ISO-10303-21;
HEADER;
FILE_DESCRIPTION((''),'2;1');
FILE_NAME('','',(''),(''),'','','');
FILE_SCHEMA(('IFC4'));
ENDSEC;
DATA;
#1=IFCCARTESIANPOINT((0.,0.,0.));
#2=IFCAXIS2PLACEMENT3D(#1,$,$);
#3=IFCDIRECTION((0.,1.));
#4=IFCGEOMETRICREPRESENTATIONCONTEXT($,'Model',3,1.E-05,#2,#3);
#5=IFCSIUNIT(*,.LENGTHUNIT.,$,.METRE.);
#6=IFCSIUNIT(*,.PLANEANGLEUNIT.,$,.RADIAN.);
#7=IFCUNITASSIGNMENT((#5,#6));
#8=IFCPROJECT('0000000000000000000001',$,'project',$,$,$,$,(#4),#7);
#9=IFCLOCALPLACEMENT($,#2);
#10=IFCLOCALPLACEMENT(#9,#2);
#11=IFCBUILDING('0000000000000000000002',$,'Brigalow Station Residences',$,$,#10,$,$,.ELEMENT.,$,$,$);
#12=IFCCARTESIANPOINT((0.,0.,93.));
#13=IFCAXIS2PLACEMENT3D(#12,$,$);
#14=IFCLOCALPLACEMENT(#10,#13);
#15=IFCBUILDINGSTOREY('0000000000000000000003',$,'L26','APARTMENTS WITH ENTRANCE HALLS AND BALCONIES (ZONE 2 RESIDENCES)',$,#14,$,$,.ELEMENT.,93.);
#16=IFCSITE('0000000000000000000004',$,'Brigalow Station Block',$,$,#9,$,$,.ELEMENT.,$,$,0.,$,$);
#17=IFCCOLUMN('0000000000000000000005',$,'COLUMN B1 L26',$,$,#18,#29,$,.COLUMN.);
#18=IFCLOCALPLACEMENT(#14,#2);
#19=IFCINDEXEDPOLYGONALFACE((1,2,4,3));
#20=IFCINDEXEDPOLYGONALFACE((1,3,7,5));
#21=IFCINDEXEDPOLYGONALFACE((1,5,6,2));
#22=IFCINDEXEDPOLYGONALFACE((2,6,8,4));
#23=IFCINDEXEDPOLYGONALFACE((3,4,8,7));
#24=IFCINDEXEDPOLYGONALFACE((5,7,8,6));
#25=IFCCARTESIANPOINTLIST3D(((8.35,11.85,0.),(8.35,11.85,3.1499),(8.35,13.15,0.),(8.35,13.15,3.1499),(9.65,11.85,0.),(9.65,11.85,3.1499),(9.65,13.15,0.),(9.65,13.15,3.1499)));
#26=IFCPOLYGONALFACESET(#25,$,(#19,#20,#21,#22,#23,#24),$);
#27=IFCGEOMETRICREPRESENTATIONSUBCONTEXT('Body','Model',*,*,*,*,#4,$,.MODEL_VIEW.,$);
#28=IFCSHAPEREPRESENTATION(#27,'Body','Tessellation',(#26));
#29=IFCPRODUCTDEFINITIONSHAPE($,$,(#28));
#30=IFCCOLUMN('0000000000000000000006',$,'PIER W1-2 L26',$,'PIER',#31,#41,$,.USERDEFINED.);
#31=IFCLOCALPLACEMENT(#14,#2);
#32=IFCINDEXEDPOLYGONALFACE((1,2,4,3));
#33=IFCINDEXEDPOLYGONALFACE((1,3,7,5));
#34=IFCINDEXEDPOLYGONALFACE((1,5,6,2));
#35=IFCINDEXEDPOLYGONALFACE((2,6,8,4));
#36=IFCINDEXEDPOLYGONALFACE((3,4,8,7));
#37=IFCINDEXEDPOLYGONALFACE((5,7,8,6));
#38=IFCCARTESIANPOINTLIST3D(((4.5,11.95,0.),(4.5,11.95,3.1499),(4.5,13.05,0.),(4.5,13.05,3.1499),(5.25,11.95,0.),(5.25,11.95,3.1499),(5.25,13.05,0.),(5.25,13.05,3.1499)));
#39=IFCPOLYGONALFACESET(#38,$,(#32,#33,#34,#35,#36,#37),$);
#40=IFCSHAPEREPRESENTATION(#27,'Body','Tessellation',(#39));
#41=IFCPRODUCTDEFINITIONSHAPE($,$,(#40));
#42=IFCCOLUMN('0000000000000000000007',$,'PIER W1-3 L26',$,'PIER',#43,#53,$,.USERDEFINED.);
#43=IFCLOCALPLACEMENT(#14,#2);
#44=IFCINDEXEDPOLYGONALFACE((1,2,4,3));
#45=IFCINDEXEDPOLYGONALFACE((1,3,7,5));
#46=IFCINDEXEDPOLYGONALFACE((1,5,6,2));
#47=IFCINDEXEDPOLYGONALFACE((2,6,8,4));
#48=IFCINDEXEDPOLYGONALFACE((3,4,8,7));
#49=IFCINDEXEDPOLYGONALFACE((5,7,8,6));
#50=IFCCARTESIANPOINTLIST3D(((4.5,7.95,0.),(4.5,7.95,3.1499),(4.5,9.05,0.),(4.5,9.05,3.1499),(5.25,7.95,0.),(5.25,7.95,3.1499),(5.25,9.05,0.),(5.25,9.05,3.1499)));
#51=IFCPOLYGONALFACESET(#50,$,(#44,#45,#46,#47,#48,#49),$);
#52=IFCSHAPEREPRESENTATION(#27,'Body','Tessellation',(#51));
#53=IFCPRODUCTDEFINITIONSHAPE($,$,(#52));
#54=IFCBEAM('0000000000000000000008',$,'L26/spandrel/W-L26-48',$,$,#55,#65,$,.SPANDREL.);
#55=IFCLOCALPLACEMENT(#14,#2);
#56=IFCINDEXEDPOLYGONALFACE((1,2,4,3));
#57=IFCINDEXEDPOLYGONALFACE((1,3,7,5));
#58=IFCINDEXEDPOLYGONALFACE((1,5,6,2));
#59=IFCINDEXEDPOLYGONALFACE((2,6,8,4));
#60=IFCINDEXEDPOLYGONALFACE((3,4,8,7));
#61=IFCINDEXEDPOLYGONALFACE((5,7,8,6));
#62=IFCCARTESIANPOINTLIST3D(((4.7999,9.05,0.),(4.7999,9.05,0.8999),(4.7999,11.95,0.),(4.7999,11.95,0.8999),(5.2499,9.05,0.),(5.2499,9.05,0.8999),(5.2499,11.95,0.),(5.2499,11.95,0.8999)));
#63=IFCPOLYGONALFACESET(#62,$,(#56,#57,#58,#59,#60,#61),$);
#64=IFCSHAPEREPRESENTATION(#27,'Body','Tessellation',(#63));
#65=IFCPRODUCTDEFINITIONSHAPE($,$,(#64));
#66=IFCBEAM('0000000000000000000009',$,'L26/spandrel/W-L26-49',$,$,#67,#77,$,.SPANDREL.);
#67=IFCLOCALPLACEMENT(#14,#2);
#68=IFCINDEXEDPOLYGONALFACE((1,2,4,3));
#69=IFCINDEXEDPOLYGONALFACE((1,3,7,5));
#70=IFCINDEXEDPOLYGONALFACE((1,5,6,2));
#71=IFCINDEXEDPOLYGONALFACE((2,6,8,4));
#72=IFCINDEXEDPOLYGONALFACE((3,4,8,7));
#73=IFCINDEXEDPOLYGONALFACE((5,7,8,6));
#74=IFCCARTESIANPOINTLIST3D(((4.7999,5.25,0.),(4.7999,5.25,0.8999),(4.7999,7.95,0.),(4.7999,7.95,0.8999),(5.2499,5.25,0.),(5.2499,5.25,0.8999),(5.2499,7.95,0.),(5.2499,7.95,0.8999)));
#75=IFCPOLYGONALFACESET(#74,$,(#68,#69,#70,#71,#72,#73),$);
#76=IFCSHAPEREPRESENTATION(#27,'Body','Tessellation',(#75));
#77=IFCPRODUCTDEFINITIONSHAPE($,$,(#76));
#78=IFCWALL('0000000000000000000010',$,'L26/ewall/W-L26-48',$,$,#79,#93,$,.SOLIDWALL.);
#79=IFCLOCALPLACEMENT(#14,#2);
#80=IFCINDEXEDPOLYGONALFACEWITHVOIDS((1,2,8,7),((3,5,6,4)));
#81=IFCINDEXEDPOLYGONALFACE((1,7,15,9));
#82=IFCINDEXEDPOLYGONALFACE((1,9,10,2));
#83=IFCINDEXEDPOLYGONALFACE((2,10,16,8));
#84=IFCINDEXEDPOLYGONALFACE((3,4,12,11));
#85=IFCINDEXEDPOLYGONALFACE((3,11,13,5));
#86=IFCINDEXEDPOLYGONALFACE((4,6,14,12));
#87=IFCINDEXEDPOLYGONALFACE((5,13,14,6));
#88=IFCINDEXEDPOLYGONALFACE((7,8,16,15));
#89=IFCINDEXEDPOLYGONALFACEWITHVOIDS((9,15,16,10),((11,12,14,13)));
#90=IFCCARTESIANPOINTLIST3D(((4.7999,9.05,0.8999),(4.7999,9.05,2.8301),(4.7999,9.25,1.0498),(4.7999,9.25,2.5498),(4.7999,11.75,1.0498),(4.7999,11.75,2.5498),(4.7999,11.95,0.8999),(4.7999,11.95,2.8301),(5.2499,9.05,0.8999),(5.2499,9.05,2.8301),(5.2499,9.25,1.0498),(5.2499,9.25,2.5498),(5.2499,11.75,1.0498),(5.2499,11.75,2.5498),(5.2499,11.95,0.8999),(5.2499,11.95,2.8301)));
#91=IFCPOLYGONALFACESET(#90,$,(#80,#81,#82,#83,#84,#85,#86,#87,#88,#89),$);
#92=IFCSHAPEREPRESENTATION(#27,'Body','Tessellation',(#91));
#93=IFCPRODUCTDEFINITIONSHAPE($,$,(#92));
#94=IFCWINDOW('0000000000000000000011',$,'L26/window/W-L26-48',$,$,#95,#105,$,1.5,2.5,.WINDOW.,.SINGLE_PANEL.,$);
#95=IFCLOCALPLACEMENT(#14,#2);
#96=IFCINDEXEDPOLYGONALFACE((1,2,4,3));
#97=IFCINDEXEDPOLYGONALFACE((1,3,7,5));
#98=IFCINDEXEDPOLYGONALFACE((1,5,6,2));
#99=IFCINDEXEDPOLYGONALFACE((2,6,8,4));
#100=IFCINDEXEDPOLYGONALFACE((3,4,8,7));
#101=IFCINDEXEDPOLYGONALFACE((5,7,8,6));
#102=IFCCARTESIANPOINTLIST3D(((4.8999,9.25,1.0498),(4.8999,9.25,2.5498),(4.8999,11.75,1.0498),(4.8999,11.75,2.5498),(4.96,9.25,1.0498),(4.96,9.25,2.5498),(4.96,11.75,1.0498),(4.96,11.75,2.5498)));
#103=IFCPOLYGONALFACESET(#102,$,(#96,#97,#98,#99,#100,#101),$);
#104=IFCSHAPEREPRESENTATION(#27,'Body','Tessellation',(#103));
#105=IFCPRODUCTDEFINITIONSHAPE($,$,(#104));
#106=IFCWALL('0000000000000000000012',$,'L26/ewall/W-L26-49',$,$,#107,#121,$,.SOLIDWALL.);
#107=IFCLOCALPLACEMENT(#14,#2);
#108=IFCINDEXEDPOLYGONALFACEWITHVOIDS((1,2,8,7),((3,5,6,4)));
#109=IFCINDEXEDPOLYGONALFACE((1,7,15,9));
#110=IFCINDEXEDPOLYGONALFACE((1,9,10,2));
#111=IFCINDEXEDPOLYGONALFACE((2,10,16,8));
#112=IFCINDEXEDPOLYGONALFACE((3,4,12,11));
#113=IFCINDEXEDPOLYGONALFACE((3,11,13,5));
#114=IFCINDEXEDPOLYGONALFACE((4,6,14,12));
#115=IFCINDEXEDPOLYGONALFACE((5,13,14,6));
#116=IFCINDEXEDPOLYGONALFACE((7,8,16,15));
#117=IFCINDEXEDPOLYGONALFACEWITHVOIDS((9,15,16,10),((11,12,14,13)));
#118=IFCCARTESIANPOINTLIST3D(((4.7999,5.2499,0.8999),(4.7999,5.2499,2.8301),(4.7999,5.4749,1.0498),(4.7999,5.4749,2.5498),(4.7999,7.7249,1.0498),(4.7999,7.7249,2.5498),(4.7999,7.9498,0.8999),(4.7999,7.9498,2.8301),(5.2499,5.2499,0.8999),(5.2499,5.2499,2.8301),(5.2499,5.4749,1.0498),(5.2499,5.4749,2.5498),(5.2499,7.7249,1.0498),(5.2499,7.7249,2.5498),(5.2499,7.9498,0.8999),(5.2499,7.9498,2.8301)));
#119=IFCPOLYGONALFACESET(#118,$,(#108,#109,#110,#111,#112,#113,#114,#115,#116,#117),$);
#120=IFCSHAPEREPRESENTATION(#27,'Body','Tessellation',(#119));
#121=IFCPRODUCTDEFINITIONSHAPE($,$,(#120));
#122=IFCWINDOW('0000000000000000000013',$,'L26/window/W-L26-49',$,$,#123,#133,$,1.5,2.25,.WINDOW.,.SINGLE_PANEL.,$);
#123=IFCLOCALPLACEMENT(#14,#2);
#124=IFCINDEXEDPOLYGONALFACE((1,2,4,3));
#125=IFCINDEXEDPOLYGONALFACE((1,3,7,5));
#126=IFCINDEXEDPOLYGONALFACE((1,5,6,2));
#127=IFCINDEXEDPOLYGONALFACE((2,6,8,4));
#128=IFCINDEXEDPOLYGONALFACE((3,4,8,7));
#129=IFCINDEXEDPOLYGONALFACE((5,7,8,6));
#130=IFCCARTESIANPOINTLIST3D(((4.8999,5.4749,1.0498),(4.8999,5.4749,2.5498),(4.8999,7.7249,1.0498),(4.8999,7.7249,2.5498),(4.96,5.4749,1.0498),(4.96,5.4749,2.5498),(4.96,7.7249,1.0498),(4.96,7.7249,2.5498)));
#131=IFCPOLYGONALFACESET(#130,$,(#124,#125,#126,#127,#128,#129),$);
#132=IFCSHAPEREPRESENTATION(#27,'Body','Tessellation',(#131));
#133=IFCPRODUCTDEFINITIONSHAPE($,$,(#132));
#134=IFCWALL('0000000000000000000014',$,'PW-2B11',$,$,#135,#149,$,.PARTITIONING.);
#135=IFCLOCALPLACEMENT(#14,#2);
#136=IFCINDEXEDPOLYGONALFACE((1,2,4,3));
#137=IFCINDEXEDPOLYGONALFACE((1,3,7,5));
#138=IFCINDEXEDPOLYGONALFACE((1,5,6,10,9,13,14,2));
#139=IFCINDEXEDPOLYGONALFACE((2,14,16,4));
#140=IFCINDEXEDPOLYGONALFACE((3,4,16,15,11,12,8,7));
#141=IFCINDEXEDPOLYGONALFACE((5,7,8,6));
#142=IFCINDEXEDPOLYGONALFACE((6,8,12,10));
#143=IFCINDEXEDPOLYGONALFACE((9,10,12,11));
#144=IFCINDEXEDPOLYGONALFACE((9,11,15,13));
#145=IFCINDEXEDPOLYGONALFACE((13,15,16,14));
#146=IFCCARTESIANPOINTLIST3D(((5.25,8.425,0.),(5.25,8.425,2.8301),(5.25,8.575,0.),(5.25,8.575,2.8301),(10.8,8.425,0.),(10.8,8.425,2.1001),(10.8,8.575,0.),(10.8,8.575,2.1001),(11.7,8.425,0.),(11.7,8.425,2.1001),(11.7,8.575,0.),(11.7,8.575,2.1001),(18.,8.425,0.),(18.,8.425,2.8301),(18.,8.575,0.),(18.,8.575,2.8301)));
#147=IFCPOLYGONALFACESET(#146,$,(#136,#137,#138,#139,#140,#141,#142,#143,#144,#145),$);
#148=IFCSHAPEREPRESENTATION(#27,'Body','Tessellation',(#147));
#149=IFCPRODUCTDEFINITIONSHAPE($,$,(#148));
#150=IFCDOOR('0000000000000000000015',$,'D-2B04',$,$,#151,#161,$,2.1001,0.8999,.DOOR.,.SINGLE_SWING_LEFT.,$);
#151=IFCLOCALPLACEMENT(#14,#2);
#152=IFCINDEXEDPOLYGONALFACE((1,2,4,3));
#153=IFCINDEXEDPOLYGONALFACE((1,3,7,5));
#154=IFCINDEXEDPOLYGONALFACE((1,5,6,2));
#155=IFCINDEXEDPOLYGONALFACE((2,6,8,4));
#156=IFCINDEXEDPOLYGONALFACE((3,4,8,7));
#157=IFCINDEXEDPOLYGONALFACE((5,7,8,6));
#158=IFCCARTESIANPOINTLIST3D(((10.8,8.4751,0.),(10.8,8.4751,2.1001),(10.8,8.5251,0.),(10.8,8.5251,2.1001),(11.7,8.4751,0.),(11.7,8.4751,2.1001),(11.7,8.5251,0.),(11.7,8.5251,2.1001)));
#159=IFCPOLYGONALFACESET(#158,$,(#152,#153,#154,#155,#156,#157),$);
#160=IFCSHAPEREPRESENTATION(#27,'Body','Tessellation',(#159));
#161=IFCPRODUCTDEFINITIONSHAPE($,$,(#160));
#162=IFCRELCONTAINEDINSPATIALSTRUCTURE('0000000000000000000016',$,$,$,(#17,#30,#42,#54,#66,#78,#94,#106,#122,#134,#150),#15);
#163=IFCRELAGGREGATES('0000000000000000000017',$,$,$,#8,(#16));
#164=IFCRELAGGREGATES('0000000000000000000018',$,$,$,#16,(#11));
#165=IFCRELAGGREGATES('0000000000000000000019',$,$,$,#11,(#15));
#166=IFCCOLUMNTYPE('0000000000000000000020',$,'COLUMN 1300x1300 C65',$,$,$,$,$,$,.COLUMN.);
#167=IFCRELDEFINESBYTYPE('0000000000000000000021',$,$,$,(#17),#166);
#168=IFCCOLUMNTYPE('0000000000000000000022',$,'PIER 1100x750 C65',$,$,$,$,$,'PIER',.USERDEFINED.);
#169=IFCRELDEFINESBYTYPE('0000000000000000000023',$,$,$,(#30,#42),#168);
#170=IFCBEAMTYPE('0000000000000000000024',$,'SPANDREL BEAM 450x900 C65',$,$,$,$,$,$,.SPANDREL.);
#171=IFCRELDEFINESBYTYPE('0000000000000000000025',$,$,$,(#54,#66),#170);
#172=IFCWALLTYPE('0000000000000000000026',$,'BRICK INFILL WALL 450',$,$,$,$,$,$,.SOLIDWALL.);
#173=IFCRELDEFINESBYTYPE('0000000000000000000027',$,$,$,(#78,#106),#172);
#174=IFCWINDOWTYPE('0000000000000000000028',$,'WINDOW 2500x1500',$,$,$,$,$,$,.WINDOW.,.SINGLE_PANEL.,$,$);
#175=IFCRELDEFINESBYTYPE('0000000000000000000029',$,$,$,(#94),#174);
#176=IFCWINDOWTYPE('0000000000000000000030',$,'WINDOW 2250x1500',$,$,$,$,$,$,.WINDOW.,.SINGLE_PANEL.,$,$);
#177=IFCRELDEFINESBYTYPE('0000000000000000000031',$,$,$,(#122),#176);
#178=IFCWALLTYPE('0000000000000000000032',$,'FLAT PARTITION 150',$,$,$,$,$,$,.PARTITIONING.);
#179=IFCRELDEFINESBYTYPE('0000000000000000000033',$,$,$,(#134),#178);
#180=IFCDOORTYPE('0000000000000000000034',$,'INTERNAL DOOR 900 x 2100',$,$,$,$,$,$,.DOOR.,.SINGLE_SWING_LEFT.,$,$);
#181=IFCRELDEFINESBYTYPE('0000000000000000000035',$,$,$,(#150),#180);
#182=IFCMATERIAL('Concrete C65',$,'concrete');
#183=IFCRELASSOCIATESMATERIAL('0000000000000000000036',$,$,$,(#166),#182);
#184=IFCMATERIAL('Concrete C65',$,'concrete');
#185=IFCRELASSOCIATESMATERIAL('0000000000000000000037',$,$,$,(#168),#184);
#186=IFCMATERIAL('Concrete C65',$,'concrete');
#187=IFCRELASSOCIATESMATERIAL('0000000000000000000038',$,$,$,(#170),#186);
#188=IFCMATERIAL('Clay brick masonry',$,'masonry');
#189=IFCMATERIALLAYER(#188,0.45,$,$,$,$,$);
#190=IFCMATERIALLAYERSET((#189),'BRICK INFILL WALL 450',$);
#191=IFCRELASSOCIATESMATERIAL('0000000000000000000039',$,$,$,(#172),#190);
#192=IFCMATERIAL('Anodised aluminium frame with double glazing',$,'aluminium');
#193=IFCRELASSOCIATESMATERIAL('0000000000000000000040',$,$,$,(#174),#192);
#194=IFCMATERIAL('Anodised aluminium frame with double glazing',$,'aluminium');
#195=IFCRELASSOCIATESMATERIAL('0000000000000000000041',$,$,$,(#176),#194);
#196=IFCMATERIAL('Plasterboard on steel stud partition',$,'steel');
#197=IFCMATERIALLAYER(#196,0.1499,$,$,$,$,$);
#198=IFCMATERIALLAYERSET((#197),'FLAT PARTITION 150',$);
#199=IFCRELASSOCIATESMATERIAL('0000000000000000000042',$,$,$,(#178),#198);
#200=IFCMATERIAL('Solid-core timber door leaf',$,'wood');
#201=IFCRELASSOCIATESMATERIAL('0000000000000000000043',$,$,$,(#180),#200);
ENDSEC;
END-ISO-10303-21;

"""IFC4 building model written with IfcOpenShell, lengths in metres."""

from ifc_helpers import new_model, si_unit, direction, frame, frame_2d, origin, origin_2d, place, context, subcontext, project, spatial, rectangle, extrude, material, layer, layer_set, material_profile, profile_set, type_object, element, fill, save


model = new_model("IFC4")

# Units and contexts
model_context = context("Model", 3, precision=1e-05, world=origin(), true_north=direction((0.0, 1.0)))
body_context = subcontext(model_context, "Body", "Model", "MODEL_VIEW")
ifc_project = project(units=[si_unit("LENGTHUNIT", "METRE"), si_unit("PLANEANGLEUNIT", "RADIAN")], contexts=[model_context])

# Site, building, storey
site_placement = place(None, origin())
site = spatial("IfcSite", under=ifc_project, at=site_placement, Name="Brigalow Station Block", CompositionType="ELEMENT", RefElevation=0.0)
building_placement = place(site_placement, origin())
building = spatial("IfcBuilding", under=site, at=building_placement, Name="Brigalow Station Residences", CompositionType="ELEMENT")
storey_placement = place(building_placement, frame((0.0, 0.0, 93.0)))
storey = spatial("IfcBuildingStorey", under=building, at=storey_placement, Name="L26", Description="APARTMENTS WITH ENTRANCE HALLS AND BALCONIES (ZONE 2 RESIDENCES)", CompositionType="ELEMENT", Elevation=93.0)

# Columns
ifc_material_1 = material(Name="Concrete C65", Category="concrete")
ifc_material_profile_1 = material_profile(ifc_material_1, rectangle(XDim=1.3, YDim=1.3, at=origin_2d()), Name="RC1300x1300")
ifc_profile_set_1 = profile_set([ifc_material_profile_1], Name="Concrete C65")
column_type_1 = type_object("IfcColumnType", Name="COLUMN 1300x1300 C65", PredefinedType="COLUMN", material=ifc_profile_set_1)
column_placement = place(storey_placement, frame((9.0, 12.5, 0.0), z_axis=(0.0, 0.0, 1.0), x_axis=(1.0, 0.0, 0.0)))
element("IfcColumn", 1, at=column_placement, inside=storey, type_object=column_type_1, Name="COLUMN B1 L26", PredefinedType="COLUMN", context=body_context, shape_type="SweptSolid", body=[
    extrude(rectangle(XDim=1.3, YDim=1.3, at=origin_2d()), origin(), (0.0, 0.0, 1.0), 3.1499),
])
ifc_material_2 = material(Name="Concrete C65", Category="concrete")
ifc_material_profile_2 = material_profile(ifc_material_2, rectangle(XDim=1.1001, YDim=0.75, at=origin_2d()), Name="RC1100x750")
ifc_profile_set_2 = profile_set([ifc_material_profile_2], Name="Concrete C65")
column_type_2 = type_object("IfcColumnType", Name="PIER 1100x750 C65", ElementType="PIER", PredefinedType="USERDEFINED", material=ifc_profile_set_2)
for number, where, z_axis, x_axis, name in (
    (2, (4.875, 12.5, 0.0), (0.0, 0.0, 1.0), (0.0, -1.0, 0.0), "PIER W1-2 L26"),
    (3, (4.875, 8.5, 0.0), (0.0, 0.0, 1.0), (0.0, -1.0, 0.0), "PIER W1-3 L26"),
):
    element("IfcColumn", number, at=place(storey_placement, frame(where, z_axis=z_axis, x_axis=x_axis)), inside=storey, type_object=column_type_2, Name=name, ObjectType="PIER", PredefinedType="USERDEFINED", context=body_context, shape_type="SweptSolid", body=[
        extrude(rectangle(XDim=1.1001, YDim=0.75, at=origin_2d()), origin(), (0.0, 0.0, 1.0), 3.1499),
    ])

# Beams
ifc_material_3 = material(Name="Concrete C65", Category="concrete")
ifc_material_profile_3 = material_profile(ifc_material_3, rectangle(XDim=0.45, YDim=0.8999, at=origin_2d()), Name="RC450x900")
ifc_profile_set_3 = profile_set([ifc_material_profile_3], Name="Concrete C65")
beam_type = type_object("IfcBeamType", Name="SPANDREL BEAM 450x900 C65", PredefinedType="SPANDREL", material=ifc_profile_set_3)
beam_1_placement = place(storey_placement, frame((5.0249, 11.95, 0.45), z_axis=(0.0, -1.0, 0.0), x_axis=(1.0, 0.0, 0.0)))
element("IfcBeam", 4, at=beam_1_placement, inside=storey, type_object=beam_type, Name="L26/spandrel/W-L26-48", PredefinedType="SPANDREL", context=body_context, shape_type="SweptSolid", body=[
    extrude(rectangle(XDim=0.45, YDim=0.8999, at=origin_2d()), origin(), (0.0, 0.0, 1.0), 2.8999),
])
beam_2_placement = place(storey_placement, frame((5.0249, 7.95, 0.45), z_axis=(0.0, -1.0, 0.0), x_axis=(1.0, 0.0, 0.0)))
element("IfcBeam", 5, at=beam_2_placement, inside=storey, type_object=beam_type, Name="L26/spandrel/W-L26-49", PredefinedType="SPANDREL", context=body_context, shape_type="SweptSolid", body=[
    extrude(rectangle(XDim=0.45, YDim=0.8999, at=origin_2d()), origin(), (0.0, 0.0, 1.0), 2.7),
])

# Walls, openings, windows
ifc_material_4 = material(Name="Clay brick masonry", Category="masonry")
ifc_layer_1 = layer(ifc_material_4, 0.45)
ifc_layer_set_1 = layer_set([ifc_layer_1], Name="BRICK INFILL WALL 450")
wall_type_1 = type_object("IfcWallType", Name="BRICK INFILL WALL 450", PredefinedType="SOLIDWALL", material=ifc_layer_set_1)
wall_1_placement = place(storey_placement, frame((5.0249, 11.95, 0.8999), z_axis=(0.0, 0.0, 1.0), x_axis=(0.0, -1.0, 0.0)))
wall_1 = element("IfcWall", 6, at=wall_1_placement, inside=storey, type_object=wall_type_1, Name="L26/ewall/W-L26-48", PredefinedType="SOLIDWALL", context=body_context, shape_type="SweptSolid", body=[
    extrude(rectangle(XDim=2.8999, YDim=0.45, at=frame_2d((1.45, 0.0))), origin(), (0.0, 0.0, 1.0), 1.9302),
])
opening_1_placement = place(wall_1_placement, frame((0.2, 0.0, 0.1499)))
opening_1 = element("IfcOpeningElement", 7, at=opening_1_placement, cuts=wall_1, PredefinedType="OPENING", context=body_context, shape_type="SweptSolid", body=[
    extrude(rectangle(XDim=2.5, YDim=1.5, at=frame_2d((1.25, 0.75))), frame((0.0, 0.2349, 0.0), z_axis=(0.0, -1.0, 0.0), x_axis=(1.0, 0.0, 0.0)), (0.0, 0.0, 1.0), 0.47),
])
ifc_material_5 = material(Name="Anodised aluminium frame with double glazing", Category="aluminium")
window_type_1 = type_object("IfcWindowType", Name="WINDOW 2500x1500", PartitioningType="SINGLE_PANEL", PredefinedType="WINDOW", material=ifc_material_5)
window_1_placement = place(opening_1_placement, origin())
window_1 = element("IfcWindow", 8, at=window_1_placement, inside=storey, type_object=window_type_1, Name="L26/window/W-L26-48", OverallHeight=1.5, OverallWidth=2.5, PartitioningType="SINGLE_PANEL", PredefinedType="WINDOW", context=body_context, shape_type="SweptSolid", body=[
    extrude(rectangle(XDim=2.5, YDim=1.5, at=frame_2d((1.25, 0.75))), frame((0.0, -0.0649, 0.0), z_axis=(0.0, -1.0, 0.0), x_axis=(1.0, 0.0, 0.0)), (0.0, 0.0, 1.0), 0.0601),
])
fill(opening_1, window_1)
wall_2_placement = place(storey_placement, frame((5.0249, 7.95, 0.8999), z_axis=(0.0, 0.0, 1.0), x_axis=(0.0, -1.0, 0.0)))
wall_2 = element("IfcWall", 9, at=wall_2_placement, inside=storey, type_object=wall_type_1, Name="L26/ewall/W-L26-49", PredefinedType="SOLIDWALL", context=body_context, shape_type="SweptSolid", body=[
    extrude(rectangle(XDim=2.7, YDim=0.45, at=frame_2d((1.3501, 0.0))), origin(), (0.0, 0.0, 1.0), 1.9302),
])
opening_2_placement = place(wall_2_placement, frame((0.2251, 0.0, 0.1499)))
opening_2 = element("IfcOpeningElement", 10, at=opening_2_placement, cuts=wall_2, PredefinedType="OPENING", context=body_context, shape_type="SweptSolid", body=[
    extrude(rectangle(XDim=2.25, YDim=1.5, at=frame_2d((1.125, 0.75))), frame((0.0, 0.2349, 0.0), z_axis=(0.0, -1.0, 0.0), x_axis=(1.0, 0.0, 0.0)), (0.0, 0.0, 1.0), 0.47),
])
ifc_material_6 = material(Name="Anodised aluminium frame with double glazing", Category="aluminium")
window_type_2 = type_object("IfcWindowType", Name="WINDOW 2250x1500", PartitioningType="SINGLE_PANEL", PredefinedType="WINDOW", material=ifc_material_6)
window_2_placement = place(opening_2_placement, origin())
window_2 = element("IfcWindow", 11, at=window_2_placement, inside=storey, type_object=window_type_2, Name="L26/window/W-L26-49", OverallHeight=1.5, OverallWidth=2.25, PartitioningType="SINGLE_PANEL", PredefinedType="WINDOW", context=body_context, shape_type="SweptSolid", body=[
    extrude(rectangle(XDim=2.25, YDim=1.5, at=frame_2d((1.125, 0.75))), frame((0.0, -0.0649, 0.0), z_axis=(0.0, -1.0, 0.0), x_axis=(1.0, 0.0, 0.0)), (0.0, 0.0, 1.0), 0.0601),
])
fill(opening_2, window_2)

# Wall, opening, door
ifc_material_7 = material(Name="Plasterboard on steel stud partition", Category="steel")
ifc_layer_2 = layer(ifc_material_7, 0.1499)
ifc_layer_set_2 = layer_set([ifc_layer_2], Name="FLAT PARTITION 150")
wall_type_2 = type_object("IfcWallType", Name="FLAT PARTITION 150", PredefinedType="PARTITIONING", material=ifc_layer_set_2)
wall_3_placement = place(storey_placement, frame((5.25, 8.5, 0.0), z_axis=(0.0, 0.0, 1.0), x_axis=(1.0, 0.0, 0.0)))
wall_3 = element("IfcWall", 12, at=wall_3_placement, inside=storey, type_object=wall_type_2, Name="PW-2B11", PredefinedType="PARTITIONING", context=body_context, shape_type="SweptSolid", body=[
    extrude(rectangle(XDim=12.75, YDim=0.1499, at=frame_2d((6.375, 0.0))), origin(), (0.0, 0.0, 1.0), 2.8301),
])
opening_3_placement = place(wall_3_placement, frame((5.55, 0.0, 0.0)))
opening_3 = element("IfcOpeningElement", 13, at=opening_3_placement, cuts=wall_3, PredefinedType="OPENING", context=body_context, shape_type="SweptSolid", body=[
    extrude(rectangle(XDim=0.8999, YDim=2.1001, at=frame_2d((0.45, 1.05))), frame((0.0, 0.085, 0.0), z_axis=(0.0, -1.0, 0.0), x_axis=(1.0, 0.0, 0.0)), (0.0, 0.0, 1.0), 0.1699),
])
ifc_material_8 = material(Name="Solid-core timber door leaf", Category="wood")
door_type = type_object("IfcDoorType", Name="INTERNAL DOOR 900 x 2100", OperationType="SINGLE_SWING_LEFT", PredefinedType="DOOR", material=ifc_material_8)
door_1_placement = place(opening_3_placement, frame((0.8999, 0.0, 0.0), z_axis=(0.0, 0.0, 1.0), x_axis=(-1.0, 0.0, 0.0)))
door_1 = element("IfcDoor", 14, at=door_1_placement, inside=storey, type_object=door_type, Name="D-2B04", OperationType="SINGLE_SWING_LEFT", OverallHeight=2.1001, OverallWidth=0.8999, PredefinedType="DOOR", context=body_context, shape_type="SweptSolid", body=[
    extrude(rectangle(XDim=0.8999, YDim=2.1001, at=frame_2d((0.45, 1.05))), frame((0.0, 0.0249, 0.0), z_axis=(0.0, -1.0, 0.0), x_axis=(1.0, 0.0, 0.0)), (0.0, 0.0, 1.0), 0.05),
])
fill(opening_3, door_1)

save(model, "model.ifc")
